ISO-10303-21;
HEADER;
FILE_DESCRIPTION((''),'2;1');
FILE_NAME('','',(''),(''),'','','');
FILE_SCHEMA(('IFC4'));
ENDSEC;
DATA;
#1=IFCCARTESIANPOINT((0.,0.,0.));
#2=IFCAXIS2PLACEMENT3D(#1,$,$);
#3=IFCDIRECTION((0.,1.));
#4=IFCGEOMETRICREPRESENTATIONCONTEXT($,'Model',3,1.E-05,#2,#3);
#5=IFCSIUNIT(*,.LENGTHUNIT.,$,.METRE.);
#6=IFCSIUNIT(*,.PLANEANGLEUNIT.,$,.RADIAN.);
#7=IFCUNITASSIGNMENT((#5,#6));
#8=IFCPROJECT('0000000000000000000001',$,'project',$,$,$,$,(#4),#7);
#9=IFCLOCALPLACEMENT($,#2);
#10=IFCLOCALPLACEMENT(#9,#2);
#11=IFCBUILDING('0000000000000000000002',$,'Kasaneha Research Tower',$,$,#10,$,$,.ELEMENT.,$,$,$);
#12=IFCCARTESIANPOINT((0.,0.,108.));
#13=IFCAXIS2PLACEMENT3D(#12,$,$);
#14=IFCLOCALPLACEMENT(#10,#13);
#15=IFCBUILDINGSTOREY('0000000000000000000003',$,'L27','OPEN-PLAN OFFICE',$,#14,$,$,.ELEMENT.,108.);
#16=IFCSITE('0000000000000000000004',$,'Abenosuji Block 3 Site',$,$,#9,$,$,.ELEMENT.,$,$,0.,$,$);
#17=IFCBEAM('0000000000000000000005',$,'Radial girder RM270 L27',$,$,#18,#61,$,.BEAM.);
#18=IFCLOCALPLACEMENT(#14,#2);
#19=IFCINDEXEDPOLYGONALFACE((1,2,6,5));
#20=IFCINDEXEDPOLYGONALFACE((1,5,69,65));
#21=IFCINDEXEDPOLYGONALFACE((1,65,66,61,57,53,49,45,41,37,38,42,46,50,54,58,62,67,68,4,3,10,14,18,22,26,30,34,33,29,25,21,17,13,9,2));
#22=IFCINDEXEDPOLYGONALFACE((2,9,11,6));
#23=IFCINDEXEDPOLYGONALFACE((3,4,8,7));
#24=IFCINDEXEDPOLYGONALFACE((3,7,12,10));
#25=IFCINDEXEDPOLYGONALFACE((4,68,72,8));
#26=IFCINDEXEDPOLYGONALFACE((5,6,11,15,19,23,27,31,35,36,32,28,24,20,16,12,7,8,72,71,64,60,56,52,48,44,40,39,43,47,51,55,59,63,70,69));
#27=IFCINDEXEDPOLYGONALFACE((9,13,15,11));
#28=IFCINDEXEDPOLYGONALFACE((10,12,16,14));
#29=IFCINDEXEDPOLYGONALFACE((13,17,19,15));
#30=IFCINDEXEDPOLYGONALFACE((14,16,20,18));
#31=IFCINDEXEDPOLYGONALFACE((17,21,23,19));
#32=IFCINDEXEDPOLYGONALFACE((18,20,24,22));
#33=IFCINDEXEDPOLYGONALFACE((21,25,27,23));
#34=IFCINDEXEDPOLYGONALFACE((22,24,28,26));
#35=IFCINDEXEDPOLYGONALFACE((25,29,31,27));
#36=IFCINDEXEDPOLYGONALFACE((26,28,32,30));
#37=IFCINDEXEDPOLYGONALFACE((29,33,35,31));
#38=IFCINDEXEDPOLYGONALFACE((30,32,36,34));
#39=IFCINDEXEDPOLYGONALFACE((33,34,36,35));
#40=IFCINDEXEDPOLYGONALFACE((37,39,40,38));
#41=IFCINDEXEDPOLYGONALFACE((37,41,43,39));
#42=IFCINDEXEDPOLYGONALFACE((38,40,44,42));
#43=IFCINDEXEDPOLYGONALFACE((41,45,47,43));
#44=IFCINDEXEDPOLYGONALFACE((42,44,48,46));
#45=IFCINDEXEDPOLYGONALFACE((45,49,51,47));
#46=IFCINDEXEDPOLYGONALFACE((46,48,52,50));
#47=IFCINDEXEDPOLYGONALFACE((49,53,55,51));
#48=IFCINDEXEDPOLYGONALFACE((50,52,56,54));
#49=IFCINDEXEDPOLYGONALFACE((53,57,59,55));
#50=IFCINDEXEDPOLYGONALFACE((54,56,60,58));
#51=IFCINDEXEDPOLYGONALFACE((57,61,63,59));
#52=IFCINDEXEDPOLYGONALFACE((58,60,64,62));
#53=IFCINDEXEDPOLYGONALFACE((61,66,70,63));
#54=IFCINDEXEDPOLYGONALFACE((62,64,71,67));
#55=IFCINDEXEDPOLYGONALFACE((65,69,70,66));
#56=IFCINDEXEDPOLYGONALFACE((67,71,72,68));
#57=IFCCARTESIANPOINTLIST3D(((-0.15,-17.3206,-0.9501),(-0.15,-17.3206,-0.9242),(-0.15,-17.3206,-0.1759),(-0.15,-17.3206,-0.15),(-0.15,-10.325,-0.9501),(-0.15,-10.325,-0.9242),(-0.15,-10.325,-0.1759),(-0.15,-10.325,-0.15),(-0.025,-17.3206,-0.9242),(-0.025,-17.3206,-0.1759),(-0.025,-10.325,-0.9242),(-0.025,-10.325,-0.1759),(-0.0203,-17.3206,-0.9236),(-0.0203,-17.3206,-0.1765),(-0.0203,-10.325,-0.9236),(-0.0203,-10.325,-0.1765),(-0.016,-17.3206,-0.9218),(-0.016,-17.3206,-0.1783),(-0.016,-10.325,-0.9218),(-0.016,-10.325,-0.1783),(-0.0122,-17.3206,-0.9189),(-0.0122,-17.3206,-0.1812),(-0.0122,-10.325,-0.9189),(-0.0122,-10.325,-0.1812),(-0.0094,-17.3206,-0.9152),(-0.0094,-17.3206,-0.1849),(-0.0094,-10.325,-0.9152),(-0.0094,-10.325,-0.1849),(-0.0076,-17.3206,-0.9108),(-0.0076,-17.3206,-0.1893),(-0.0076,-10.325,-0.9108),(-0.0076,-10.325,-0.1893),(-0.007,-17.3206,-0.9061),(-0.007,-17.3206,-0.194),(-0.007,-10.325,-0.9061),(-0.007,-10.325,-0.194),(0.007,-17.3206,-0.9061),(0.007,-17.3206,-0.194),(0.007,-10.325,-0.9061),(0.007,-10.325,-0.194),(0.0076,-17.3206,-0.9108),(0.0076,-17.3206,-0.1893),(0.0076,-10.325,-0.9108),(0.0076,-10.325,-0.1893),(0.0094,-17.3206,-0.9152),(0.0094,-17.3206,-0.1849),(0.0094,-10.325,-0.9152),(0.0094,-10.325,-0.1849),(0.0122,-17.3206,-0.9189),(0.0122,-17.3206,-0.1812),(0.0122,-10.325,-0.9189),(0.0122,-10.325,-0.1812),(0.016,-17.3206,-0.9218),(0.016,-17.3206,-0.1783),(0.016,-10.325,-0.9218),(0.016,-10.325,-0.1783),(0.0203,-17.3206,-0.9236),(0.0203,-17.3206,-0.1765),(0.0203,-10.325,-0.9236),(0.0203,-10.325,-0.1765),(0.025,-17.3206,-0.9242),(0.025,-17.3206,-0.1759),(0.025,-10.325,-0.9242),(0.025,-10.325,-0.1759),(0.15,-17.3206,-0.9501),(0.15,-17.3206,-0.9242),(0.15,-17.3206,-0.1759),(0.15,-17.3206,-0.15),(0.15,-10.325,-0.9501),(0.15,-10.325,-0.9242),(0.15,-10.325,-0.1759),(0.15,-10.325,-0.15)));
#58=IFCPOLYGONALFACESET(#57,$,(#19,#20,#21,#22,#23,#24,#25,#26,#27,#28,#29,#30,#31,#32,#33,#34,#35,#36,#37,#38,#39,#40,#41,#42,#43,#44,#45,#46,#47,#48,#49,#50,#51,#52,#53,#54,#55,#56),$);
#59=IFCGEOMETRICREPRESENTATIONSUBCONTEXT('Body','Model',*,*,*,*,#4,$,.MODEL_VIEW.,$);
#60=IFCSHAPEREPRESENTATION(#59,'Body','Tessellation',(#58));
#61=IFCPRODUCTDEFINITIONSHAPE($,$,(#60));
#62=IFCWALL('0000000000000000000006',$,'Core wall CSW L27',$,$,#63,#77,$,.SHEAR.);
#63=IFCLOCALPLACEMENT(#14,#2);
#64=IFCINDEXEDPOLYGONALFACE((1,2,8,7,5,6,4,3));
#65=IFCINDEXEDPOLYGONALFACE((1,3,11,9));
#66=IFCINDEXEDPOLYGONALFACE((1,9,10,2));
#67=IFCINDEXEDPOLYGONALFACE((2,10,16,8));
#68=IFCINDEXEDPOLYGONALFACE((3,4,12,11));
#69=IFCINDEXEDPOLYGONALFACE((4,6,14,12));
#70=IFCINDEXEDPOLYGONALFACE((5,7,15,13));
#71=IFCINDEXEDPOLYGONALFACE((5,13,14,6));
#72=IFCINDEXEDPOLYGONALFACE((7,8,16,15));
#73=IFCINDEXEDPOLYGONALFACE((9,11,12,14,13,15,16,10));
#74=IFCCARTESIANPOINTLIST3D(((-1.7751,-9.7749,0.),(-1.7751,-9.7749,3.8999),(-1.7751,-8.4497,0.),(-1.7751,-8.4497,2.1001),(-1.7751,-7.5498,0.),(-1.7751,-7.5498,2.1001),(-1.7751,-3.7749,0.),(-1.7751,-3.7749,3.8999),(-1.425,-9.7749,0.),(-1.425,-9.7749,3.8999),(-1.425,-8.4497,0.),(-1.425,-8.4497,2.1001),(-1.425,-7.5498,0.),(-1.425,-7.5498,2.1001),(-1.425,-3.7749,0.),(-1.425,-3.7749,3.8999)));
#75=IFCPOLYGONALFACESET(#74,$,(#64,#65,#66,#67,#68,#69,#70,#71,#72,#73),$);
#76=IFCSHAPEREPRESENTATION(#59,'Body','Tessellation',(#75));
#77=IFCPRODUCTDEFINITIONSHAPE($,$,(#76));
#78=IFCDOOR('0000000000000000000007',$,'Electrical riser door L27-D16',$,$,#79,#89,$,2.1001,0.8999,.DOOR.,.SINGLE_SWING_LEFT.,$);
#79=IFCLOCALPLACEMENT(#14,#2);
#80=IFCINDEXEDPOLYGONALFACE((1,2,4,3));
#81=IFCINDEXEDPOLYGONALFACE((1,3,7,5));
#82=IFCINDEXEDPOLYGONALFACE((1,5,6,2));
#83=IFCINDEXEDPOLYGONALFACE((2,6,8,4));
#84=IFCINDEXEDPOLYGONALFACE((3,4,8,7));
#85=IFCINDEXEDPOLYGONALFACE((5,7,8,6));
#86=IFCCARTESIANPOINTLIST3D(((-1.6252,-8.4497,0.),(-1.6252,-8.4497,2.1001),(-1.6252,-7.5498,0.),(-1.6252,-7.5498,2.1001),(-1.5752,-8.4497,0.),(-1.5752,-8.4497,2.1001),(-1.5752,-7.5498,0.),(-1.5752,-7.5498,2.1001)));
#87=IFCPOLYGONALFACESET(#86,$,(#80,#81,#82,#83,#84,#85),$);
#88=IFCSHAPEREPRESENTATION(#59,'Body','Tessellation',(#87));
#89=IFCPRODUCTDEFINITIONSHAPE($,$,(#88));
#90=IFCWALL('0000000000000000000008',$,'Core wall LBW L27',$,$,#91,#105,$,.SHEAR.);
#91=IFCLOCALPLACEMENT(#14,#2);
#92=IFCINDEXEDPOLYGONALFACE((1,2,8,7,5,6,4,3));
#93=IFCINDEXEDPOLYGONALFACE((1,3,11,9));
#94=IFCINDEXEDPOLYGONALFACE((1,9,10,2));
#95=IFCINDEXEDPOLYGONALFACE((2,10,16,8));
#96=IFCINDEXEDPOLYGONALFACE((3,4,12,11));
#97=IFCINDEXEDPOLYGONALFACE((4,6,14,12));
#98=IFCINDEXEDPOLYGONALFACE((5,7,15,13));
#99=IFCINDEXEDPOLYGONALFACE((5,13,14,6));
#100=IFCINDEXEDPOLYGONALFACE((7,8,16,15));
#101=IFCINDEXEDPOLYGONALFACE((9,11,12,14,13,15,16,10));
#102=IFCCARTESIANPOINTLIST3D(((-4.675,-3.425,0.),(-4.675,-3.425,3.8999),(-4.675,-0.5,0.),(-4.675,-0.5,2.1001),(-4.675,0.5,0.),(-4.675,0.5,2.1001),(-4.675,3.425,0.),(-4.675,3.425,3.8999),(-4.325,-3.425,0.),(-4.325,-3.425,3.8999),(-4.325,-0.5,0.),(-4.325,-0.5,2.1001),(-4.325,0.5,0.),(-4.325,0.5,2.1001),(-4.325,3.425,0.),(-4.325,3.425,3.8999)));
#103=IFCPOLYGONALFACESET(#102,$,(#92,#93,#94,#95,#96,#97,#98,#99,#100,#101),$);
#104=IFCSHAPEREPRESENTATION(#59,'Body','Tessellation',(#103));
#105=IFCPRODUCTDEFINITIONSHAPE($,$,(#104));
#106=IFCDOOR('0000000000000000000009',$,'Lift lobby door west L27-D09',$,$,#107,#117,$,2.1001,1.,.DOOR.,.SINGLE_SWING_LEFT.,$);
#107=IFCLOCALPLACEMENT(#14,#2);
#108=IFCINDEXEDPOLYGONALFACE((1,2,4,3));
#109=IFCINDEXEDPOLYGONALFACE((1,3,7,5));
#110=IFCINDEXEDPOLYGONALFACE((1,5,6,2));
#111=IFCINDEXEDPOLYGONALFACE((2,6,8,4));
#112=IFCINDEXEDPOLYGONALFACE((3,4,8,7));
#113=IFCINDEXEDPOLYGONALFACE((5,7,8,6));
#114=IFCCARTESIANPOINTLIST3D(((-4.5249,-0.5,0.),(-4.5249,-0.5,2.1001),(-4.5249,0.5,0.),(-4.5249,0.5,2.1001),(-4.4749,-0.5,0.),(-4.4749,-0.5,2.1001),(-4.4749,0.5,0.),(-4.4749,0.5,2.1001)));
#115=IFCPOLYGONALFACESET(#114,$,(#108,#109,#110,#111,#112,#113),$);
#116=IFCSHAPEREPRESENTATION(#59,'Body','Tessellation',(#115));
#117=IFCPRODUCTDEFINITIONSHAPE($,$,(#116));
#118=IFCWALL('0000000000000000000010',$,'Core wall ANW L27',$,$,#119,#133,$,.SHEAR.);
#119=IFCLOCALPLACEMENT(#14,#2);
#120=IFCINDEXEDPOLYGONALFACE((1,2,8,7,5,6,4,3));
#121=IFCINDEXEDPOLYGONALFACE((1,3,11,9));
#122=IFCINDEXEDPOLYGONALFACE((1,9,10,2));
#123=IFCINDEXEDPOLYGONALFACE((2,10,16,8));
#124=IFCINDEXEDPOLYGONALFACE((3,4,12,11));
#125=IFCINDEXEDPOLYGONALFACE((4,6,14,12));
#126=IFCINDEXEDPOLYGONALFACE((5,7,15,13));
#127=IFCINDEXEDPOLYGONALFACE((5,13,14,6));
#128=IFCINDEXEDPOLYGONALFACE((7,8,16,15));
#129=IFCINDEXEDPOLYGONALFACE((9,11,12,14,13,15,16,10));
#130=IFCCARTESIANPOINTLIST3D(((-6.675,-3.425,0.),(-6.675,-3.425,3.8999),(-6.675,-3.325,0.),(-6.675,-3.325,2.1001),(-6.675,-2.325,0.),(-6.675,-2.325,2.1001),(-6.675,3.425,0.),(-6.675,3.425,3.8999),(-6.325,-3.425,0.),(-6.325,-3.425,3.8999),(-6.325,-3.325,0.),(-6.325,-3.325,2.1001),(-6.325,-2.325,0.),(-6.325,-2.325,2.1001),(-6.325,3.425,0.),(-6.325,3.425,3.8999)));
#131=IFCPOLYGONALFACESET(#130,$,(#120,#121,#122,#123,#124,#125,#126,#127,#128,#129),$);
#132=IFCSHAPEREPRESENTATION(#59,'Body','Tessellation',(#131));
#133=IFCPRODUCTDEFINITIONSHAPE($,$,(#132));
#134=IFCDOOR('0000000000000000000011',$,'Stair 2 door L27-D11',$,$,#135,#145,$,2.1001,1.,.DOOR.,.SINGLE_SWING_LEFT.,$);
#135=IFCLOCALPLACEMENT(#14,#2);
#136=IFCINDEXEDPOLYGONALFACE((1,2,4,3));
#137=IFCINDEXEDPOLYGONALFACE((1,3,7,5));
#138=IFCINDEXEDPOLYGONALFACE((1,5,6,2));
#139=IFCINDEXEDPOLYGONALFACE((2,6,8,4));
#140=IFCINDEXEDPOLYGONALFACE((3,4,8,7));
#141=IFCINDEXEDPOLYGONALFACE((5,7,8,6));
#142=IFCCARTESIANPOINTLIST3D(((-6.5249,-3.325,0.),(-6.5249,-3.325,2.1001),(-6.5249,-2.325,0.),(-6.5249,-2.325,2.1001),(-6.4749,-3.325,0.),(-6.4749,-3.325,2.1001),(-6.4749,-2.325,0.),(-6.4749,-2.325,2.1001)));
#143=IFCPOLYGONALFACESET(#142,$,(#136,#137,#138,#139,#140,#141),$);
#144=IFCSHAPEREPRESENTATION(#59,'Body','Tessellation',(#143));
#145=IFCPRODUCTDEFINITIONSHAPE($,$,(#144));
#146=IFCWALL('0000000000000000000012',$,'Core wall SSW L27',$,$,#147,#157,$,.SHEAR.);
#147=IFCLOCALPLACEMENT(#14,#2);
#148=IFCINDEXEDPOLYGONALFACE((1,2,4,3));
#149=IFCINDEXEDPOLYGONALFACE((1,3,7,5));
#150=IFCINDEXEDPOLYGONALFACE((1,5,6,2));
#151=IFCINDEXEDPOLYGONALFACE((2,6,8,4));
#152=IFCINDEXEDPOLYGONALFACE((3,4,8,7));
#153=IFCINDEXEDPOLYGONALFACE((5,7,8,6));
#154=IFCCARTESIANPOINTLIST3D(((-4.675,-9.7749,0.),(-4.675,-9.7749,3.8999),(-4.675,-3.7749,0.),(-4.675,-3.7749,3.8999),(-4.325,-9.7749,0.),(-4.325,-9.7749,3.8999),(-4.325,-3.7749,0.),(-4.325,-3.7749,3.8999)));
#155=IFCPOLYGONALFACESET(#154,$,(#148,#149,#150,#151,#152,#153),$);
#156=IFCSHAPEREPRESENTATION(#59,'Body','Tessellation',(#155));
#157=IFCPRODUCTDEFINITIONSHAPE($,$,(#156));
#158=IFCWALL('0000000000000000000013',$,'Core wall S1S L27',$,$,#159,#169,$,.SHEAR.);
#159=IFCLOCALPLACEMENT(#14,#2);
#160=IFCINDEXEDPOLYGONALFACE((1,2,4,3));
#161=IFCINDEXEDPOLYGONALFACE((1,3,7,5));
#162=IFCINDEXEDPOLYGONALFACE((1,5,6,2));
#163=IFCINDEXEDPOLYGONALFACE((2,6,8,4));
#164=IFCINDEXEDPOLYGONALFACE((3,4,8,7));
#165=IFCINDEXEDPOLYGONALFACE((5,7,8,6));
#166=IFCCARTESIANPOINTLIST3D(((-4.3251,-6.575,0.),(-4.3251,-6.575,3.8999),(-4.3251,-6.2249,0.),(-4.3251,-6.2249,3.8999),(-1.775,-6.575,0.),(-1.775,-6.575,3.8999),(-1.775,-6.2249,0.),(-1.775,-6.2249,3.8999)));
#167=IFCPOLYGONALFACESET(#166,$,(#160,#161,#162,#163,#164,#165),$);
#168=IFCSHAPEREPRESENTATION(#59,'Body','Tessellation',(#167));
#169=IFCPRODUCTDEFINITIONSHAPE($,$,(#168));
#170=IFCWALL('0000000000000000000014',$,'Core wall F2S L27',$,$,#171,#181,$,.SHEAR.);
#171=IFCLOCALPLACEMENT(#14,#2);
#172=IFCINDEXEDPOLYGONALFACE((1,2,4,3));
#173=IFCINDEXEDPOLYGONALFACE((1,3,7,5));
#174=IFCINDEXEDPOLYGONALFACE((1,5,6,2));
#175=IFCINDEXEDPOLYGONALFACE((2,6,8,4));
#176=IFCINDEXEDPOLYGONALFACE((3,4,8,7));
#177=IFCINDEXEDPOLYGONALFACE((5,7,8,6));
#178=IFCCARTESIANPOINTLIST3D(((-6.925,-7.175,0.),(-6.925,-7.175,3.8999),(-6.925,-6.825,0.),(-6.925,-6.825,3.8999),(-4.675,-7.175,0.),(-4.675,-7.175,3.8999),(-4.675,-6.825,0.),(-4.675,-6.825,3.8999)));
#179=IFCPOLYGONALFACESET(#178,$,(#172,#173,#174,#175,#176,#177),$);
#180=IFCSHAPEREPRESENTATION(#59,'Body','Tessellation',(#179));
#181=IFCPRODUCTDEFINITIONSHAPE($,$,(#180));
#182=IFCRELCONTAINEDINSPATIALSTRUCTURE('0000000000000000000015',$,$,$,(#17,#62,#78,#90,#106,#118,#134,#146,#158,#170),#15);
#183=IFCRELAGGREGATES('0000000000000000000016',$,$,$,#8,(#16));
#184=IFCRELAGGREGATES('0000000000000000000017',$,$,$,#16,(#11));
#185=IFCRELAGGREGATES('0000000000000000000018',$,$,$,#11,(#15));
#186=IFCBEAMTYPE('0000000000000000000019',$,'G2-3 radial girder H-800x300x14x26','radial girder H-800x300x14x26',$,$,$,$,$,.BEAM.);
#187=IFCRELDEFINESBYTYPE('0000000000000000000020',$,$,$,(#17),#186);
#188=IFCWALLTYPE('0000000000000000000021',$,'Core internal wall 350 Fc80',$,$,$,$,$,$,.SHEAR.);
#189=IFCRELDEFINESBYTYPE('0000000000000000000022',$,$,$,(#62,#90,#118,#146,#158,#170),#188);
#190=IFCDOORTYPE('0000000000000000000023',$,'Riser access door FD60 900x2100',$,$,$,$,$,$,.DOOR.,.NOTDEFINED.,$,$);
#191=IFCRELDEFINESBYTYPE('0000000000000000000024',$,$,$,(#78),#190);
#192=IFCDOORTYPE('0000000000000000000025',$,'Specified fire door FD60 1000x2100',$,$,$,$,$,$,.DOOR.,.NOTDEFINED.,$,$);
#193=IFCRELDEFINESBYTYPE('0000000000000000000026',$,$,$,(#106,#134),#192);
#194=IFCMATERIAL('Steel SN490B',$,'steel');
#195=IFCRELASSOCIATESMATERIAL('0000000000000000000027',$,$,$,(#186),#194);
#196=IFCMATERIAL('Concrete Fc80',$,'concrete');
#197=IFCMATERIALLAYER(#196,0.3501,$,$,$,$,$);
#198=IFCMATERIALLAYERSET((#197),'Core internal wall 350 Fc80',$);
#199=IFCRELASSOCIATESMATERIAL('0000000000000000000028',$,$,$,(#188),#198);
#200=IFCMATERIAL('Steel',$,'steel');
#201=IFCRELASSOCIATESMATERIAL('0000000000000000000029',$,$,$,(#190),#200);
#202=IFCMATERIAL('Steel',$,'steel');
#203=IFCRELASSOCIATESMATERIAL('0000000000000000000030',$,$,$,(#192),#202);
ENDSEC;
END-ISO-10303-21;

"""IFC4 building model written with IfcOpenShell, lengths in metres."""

from ifc_helpers import new_model, si_unit, direction, frame, frame_2d, origin, origin_2d, place, context, subcontext, project, spatial, rectangle, i_section, extrude, material, layer, layer_set, material_profile, profile_set, type_object, element, fill, save


model = new_model("IFC4")

# Units and contexts
model_context = context("Model", 3, precision=1e-05, world=origin(), true_north=direction((0.0, 1.0)))
body_context = subcontext(model_context, "Body", "Model", "MODEL_VIEW")
ifc_project = project(units=[si_unit("LENGTHUNIT", "METRE"), si_unit("PLANEANGLEUNIT", "RADIAN")], contexts=[model_context])

# Site, building, storey
site_placement = place(None, origin())
site = spatial("IfcSite", under=ifc_project, at=site_placement, Name="Abenosuji Block 3 Site", CompositionType="ELEMENT", RefElevation=0.0)
building_placement = place(site_placement, origin())
building = spatial("IfcBuilding", under=site, at=building_placement, Name="Kasaneha Research Tower", CompositionType="ELEMENT")
storey_placement = place(building_placement, frame((0.0, 0.0, 108.0)))
storey = spatial("IfcBuildingStorey", under=building, at=storey_placement, Name="L27", Description="OPEN-PLAN OFFICE", CompositionType="ELEMENT", Elevation=108.0)

# Beam
ifc_material_1 = material(Name="Steel SN490B", Category="steel")
ifc_material_profile_1 = material_profile(ifc_material_1, i_section(OverallWidth=0.3, OverallDepth=0.8, WebThickness=0.0139, FlangeThickness=0.0259, FilletRadius=0.0181, at=origin_2d()), Name="H-800x300x14x26")
ifc_profile_set_1 = profile_set([ifc_material_profile_1], Name="Steel SN490B")
beam_type_1 = type_object("IfcBeamType", Name="G2-3 radial girder H-800x300x14x26", Description="radial girder H-800x300x14x26", PredefinedType="BEAM", material=ifc_profile_set_1)
beam_1_placement = place(storey_placement, frame((0.0, -10.325, -0.55), z_axis=(0.0, -1.0, 0.0), x_axis=(1.0, 0.0, 0.0)))
element("IfcBeam", 1, at=beam_1_placement, inside=storey, type_object=beam_type_1, Name="Radial girder RM270 L27", PredefinedType="BEAM", context=body_context, shape_type="SweptSolid", body=[
    extrude(i_section(OverallWidth=0.3, OverallDepth=0.8, WebThickness=0.0139, FlangeThickness=0.0259, FilletRadius=0.0181, at=origin_2d()), origin(), (0.0, 0.0, 1.0), 6.9956),
])

# Walls, openings, doors
ifc_material_2 = material(Name="Concrete Fc80", Category="concrete")
ifc_layer_1 = layer(ifc_material_2, 0.3501)
ifc_layer_set_1 = layer_set([ifc_layer_1], Name="Core internal wall 350 Fc80")
wall_type_1 = type_object("IfcWallType", Name="Core internal wall 350 Fc80", PredefinedType="SHEAR", material=ifc_layer_set_1)
wall_1_placement = place(storey_placement, frame((-1.6001, -3.7749, 0.0), z_axis=(0.0, 0.0, 1.0), x_axis=(0.0, -1.0, 0.0)))
wall_1 = element("IfcWall", 2, at=wall_1_placement, inside=storey, type_object=wall_type_1, Name="Core wall CSW L27", PredefinedType="SHEAR", context=body_context, shape_type="SweptSolid", body=[
    extrude(rectangle(XDim=6.0, YDim=0.3501, at=frame_2d((3.0, 0.0))), origin(), (0.0, 0.0, 1.0), 3.8999),
])
opening_1_placement = place(wall_1_placement, frame((3.7749, 0.0, 0.0)))
opening_1 = element("IfcOpeningElement", 3, at=opening_1_placement, cuts=wall_1, PredefinedType="OPENING", context=body_context, shape_type="SweptSolid", body=[
    extrude(rectangle(XDim=0.8999, YDim=2.1001, at=frame_2d((0.45, 1.05))), frame((0.0, 0.1851, 0.0), z_axis=(0.0, -1.0, 0.0), x_axis=(1.0, 0.0, 0.0)), (0.0, 0.0, 1.0), 0.3701),
])
ifc_material_3 = material(Name="Steel", Category="steel")
door_type_1 = type_object("IfcDoorType", Name="Riser access door FD60 900x2100", OperationType="NOTDEFINED", PredefinedType="DOOR", material=ifc_material_3)
door_1_placement = place(opening_1_placement, origin())
door_1 = element("IfcDoor", 4, at=door_1_placement, inside=storey, type_object=door_type_1, Name="Electrical riser door L27-D16", OperationType="SINGLE_SWING_LEFT", OverallHeight=2.1001, OverallWidth=0.8999, PredefinedType="DOOR", context=body_context, shape_type="SweptSolid", body=[
    extrude(rectangle(XDim=0.8999, YDim=2.1001, at=frame_2d((0.45, 1.05))), frame((0.0, 0.0249, 0.0), z_axis=(0.0, -1.0, 0.0), x_axis=(1.0, 0.0, 0.0)), (0.0, 0.0, 1.0), 0.05),
])
fill(opening_1, door_1)
wall_2_placement = place(storey_placement, frame((-4.5, -3.425, 0.0), z_axis=(0.0, 0.0, 1.0), x_axis=(0.0, 1.0, 0.0)))
wall_2 = element("IfcWall", 5, at=wall_2_placement, inside=storey, type_object=wall_type_1, Name="Core wall LBW L27", PredefinedType="SHEAR", context=body_context, shape_type="SweptSolid", body=[
    extrude(rectangle(XDim=6.8501, YDim=0.3501, at=frame_2d((3.425, 0.0))), origin(), (0.0, 0.0, 1.0), 3.8999),
])
opening_2_placement = place(wall_2_placement, frame((2.925, 0.0, 0.0)))
opening_2 = element("IfcOpeningElement", 6, at=opening_2_placement, cuts=wall_2, PredefinedType="OPENING", context=body_context, shape_type="SweptSolid", body=[
    extrude(rectangle(XDim=1.0, YDim=2.1001, at=frame_2d((0.5, 1.05))), frame((0.0, 0.1851, 0.0), z_axis=(0.0, -1.0, 0.0), x_axis=(1.0, 0.0, 0.0)), (0.0, 0.0, 1.0), 0.3701),
])
ifc_material_4 = material(Name="Steel", Category="steel")
door_type_2 = type_object("IfcDoorType", Name="Specified fire door FD60 1000x2100", OperationType="NOTDEFINED", PredefinedType="DOOR", material=ifc_material_4)
door_2_placement = place(opening_2_placement, origin())
door_2 = element("IfcDoor", 7, at=door_2_placement, inside=storey, type_object=door_type_2, Name="Lift lobby door west L27-D09", OperationType="SINGLE_SWING_LEFT", OverallHeight=2.1001, OverallWidth=1.0, PredefinedType="DOOR", context=body_context, shape_type="SweptSolid", body=[
    extrude(rectangle(XDim=1.0, YDim=2.1001, at=frame_2d((0.5, 1.05))), frame((0.0, 0.0249, 0.0), z_axis=(0.0, -1.0, 0.0), x_axis=(1.0, 0.0, 0.0)), (0.0, 0.0, 1.0), 0.05),
])
fill(opening_2, door_2)
wall_3_placement = place(storey_placement, frame((-6.5, -3.425, 0.0), z_axis=(0.0, 0.0, 1.0), x_axis=(0.0, 1.0, 0.0)))
wall_3 = element("IfcWall", 8, at=wall_3_placement, inside=storey, type_object=wall_type_1, Name="Core wall ANW L27", PredefinedType="SHEAR", context=body_context, shape_type="SweptSolid", body=[
    extrude(rectangle(XDim=6.8501, YDim=0.3501, at=frame_2d((3.425, 0.0))), origin(), (0.0, 0.0, 1.0), 3.8999),
])
opening_3_placement = place(wall_3_placement, frame((0.1001, 0.0, 0.0)))
opening_3 = element("IfcOpeningElement", 9, at=opening_3_placement, cuts=wall_3, PredefinedType="OPENING", context=body_context, shape_type="SweptSolid", body=[
    extrude(rectangle(XDim=1.0, YDim=2.1001, at=frame_2d((0.5, 1.05))), frame((0.0, 0.1851, 0.0), z_axis=(0.0, -1.0, 0.0), x_axis=(1.0, 0.0, 0.0)), (0.0, 0.0, 1.0), 0.3701),
])
door_3_placement = place(opening_3_placement, origin())
door_3 = element("IfcDoor", 10, at=door_3_placement, inside=storey, type_object=door_type_2, Name="Stair 2 door L27-D11", OperationType="SINGLE_SWING_LEFT", OverallHeight=2.1001, OverallWidth=1.0, PredefinedType="DOOR", context=body_context, shape_type="SweptSolid", body=[
    extrude(rectangle(XDim=1.0, YDim=2.1001, at=frame_2d((0.5, 1.05))), frame((0.0, 0.0249, 0.0), z_axis=(0.0, -1.0, 0.0), x_axis=(1.0, 0.0, 0.0)), (0.0, 0.0, 1.0), 0.05),
])
fill(opening_3, door_3)

# Walls
wall_4_placement = place(storey_placement, frame((-4.5, -3.7749, 0.0), z_axis=(0.0, 0.0, 1.0), x_axis=(0.0, -1.0, 0.0)))
element("IfcWall", 11, at=wall_4_placement, inside=storey, type_object=wall_type_1, Name="Core wall SSW L27", PredefinedType="SHEAR", context=body_context, shape_type="SweptSolid", body=[
    extrude(rectangle(XDim=6.0, YDim=0.3501, at=frame_2d((3.0, 0.0))), origin(), (0.0, 0.0, 1.0), 3.8999),
])
wall_5_placement = place(storey_placement, frame((-4.325, -6.3999, 0.0), z_axis=(0.0, 0.0, 1.0), x_axis=(1.0, 0.0, 0.0)))
element("IfcWall", 12, at=wall_5_placement, inside=storey, type_object=wall_type_1, Name="Core wall S1S L27", PredefinedType="SHEAR", context=body_context, shape_type="SweptSolid", body=[
    extrude(rectangle(XDim=2.55, YDim=0.3501, at=frame_2d((1.2749, 0.0))), origin(), (0.0, 0.0, 1.0), 3.8999),
])
wall_6_placement = place(storey_placement, frame((-6.925, -7.0, 0.0), z_axis=(0.0, 0.0, 1.0), x_axis=(1.0, 0.0, 0.0)))
element("IfcWall", 13, at=wall_6_placement, inside=storey, type_object=wall_type_1, Name="Core wall F2S L27", PredefinedType="SHEAR", context=body_context, shape_type="SweptSolid", body=[
    extrude(rectangle(XDim=2.25, YDim=0.3501, at=frame_2d((1.125, 0.0))), origin(), (0.0, 0.0, 1.0), 3.8999),
])

save(model, "model.ifc")
